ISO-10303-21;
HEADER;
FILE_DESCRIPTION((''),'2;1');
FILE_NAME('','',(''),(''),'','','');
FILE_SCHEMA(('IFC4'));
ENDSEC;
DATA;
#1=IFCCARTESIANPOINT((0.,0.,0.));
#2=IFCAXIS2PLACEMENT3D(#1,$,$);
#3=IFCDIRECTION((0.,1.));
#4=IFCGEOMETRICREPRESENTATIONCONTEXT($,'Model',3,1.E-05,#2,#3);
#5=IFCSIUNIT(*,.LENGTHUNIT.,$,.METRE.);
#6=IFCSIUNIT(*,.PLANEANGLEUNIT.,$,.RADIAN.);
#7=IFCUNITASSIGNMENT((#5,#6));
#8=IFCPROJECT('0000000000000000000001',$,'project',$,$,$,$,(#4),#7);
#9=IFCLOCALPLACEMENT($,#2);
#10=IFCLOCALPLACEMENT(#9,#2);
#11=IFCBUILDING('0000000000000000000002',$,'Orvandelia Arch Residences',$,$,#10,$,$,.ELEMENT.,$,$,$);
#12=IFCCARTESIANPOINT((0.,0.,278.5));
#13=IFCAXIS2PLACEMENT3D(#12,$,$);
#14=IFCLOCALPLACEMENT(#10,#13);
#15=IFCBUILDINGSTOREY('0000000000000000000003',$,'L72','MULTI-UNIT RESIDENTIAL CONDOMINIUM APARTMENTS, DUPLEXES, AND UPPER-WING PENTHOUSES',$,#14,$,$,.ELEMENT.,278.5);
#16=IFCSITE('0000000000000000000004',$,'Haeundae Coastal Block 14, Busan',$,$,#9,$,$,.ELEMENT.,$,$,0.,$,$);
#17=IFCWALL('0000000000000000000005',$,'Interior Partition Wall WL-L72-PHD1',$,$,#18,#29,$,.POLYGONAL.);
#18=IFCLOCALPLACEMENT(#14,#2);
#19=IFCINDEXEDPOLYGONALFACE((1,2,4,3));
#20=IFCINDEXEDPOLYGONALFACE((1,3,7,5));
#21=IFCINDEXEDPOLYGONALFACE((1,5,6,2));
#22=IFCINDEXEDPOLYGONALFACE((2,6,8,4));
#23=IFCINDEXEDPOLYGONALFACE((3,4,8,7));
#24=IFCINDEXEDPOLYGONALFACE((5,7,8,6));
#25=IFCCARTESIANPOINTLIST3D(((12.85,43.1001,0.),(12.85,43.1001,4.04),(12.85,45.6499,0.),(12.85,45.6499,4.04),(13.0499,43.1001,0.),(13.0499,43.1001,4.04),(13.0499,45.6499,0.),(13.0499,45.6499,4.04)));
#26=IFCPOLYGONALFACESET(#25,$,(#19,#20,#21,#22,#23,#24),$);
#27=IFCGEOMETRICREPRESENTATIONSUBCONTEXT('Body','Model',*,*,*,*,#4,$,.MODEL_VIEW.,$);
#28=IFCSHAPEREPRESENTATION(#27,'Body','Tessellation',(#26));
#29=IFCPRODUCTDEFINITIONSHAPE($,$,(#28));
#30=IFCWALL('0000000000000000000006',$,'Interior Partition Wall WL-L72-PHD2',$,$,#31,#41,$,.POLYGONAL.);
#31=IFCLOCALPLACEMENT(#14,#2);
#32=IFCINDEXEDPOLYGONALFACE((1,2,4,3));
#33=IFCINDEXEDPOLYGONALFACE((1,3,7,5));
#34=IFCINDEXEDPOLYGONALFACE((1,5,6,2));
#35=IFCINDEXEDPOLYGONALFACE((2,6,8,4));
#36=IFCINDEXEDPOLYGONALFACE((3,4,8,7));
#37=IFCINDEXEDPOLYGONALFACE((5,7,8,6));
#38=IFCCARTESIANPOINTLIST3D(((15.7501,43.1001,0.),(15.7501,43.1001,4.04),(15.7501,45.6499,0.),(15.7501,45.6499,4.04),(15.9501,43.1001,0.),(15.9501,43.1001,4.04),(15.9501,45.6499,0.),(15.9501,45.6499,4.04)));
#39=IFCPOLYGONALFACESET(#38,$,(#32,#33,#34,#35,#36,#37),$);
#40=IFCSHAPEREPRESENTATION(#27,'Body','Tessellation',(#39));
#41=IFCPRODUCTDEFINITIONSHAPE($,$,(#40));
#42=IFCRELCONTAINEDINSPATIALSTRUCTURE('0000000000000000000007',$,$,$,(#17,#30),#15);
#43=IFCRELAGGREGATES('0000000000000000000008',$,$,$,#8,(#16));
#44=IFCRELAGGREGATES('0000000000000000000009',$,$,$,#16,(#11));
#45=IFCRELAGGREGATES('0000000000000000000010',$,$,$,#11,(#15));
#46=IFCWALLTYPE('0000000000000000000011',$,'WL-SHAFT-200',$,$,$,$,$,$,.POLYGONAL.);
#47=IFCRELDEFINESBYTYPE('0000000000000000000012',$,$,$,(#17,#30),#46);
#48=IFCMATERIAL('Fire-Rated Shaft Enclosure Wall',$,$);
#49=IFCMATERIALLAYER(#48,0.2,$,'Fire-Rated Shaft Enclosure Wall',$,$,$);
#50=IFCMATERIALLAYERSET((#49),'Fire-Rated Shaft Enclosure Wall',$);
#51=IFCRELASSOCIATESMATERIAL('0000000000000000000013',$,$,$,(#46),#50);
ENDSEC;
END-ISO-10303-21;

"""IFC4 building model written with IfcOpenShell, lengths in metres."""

from ifc_helpers import new_model, si_unit, direction, frame, frame_2d, origin, place, context, subcontext, project, spatial, rectangle, extrude, material, layer, layer_set, type_object, element, save


model = new_model("IFC4")

# Units and contexts
model_context = context("Model", 3, precision=1e-05, world=origin(), true_north=direction((0.0, 1.0)))
body_context = subcontext(model_context, "Body", "Model", "MODEL_VIEW")
ifc_project = project(units=[si_unit("LENGTHUNIT", "METRE"), si_unit("PLANEANGLEUNIT", "RADIAN")], contexts=[model_context])

# Site, building, storey
site_placement = place(None, origin())
site = spatial("IfcSite", under=ifc_project, at=site_placement, Name="Haeundae Coastal Block 14, Busan", CompositionType="ELEMENT", RefElevation=0.0)
building_placement = place(site_placement, origin())
building = spatial("IfcBuilding", under=site, at=building_placement, Name="Orvandelia Arch Residences", CompositionType="ELEMENT")
storey_placement = place(building_placement, frame((0.0, 0.0, 278.5)))
storey = spatial("IfcBuildingStorey", under=building, at=storey_placement, Name="L72", Description="MULTI-UNIT RESIDENTIAL CONDOMINIUM APARTMENTS, DUPLEXES, AND UPPER-WING PENTHOUSES", CompositionType="ELEMENT", Elevation=278.5)

# Shared definitions
ifc_material_1 = material(Name="Fire-Rated Shaft Enclosure Wall")
ifc_layer_1 = layer(ifc_material_1, 0.2, Name="Fire-Rated Shaft Enclosure Wall")
ifc_layer_set_1 = layer_set([ifc_layer_1], Name="Fire-Rated Shaft Enclosure Wall")
wall_type_1 = type_object("IfcWallType", Name="WL-SHAFT-200", PredefinedType="POLYGONAL", material=ifc_layer_set_1)

# Walls
for number, where, z_axis, x_axis, name in (
    (1, (12.95, 43.1001, 0.0), (0.0, 0.0, 1.0), (0.0, 1.0, 0.0), "Interior Partition Wall WL-L72-PHD1"),
    (2, (15.8501, 43.1001, 0.0), (0.0, 0.0, 1.0), (0.0, 1.0, 0.0), "Interior Partition Wall WL-L72-PHD2"),
):
    element("IfcWall", number, at=place(storey_placement, frame(where, z_axis=z_axis, x_axis=x_axis)), inside=storey, type_object=wall_type_1, Name=name, PredefinedType="POLYGONAL", context=body_context, shape_type="SweptSolid", body=[
        extrude(rectangle(XDim=2.5498, YDim=0.2, at=frame_2d((1.2749, 0.0))), origin(), (0.0, 0.0, 1.0), 4.04),
    ])

save(model, "model.ifc")
